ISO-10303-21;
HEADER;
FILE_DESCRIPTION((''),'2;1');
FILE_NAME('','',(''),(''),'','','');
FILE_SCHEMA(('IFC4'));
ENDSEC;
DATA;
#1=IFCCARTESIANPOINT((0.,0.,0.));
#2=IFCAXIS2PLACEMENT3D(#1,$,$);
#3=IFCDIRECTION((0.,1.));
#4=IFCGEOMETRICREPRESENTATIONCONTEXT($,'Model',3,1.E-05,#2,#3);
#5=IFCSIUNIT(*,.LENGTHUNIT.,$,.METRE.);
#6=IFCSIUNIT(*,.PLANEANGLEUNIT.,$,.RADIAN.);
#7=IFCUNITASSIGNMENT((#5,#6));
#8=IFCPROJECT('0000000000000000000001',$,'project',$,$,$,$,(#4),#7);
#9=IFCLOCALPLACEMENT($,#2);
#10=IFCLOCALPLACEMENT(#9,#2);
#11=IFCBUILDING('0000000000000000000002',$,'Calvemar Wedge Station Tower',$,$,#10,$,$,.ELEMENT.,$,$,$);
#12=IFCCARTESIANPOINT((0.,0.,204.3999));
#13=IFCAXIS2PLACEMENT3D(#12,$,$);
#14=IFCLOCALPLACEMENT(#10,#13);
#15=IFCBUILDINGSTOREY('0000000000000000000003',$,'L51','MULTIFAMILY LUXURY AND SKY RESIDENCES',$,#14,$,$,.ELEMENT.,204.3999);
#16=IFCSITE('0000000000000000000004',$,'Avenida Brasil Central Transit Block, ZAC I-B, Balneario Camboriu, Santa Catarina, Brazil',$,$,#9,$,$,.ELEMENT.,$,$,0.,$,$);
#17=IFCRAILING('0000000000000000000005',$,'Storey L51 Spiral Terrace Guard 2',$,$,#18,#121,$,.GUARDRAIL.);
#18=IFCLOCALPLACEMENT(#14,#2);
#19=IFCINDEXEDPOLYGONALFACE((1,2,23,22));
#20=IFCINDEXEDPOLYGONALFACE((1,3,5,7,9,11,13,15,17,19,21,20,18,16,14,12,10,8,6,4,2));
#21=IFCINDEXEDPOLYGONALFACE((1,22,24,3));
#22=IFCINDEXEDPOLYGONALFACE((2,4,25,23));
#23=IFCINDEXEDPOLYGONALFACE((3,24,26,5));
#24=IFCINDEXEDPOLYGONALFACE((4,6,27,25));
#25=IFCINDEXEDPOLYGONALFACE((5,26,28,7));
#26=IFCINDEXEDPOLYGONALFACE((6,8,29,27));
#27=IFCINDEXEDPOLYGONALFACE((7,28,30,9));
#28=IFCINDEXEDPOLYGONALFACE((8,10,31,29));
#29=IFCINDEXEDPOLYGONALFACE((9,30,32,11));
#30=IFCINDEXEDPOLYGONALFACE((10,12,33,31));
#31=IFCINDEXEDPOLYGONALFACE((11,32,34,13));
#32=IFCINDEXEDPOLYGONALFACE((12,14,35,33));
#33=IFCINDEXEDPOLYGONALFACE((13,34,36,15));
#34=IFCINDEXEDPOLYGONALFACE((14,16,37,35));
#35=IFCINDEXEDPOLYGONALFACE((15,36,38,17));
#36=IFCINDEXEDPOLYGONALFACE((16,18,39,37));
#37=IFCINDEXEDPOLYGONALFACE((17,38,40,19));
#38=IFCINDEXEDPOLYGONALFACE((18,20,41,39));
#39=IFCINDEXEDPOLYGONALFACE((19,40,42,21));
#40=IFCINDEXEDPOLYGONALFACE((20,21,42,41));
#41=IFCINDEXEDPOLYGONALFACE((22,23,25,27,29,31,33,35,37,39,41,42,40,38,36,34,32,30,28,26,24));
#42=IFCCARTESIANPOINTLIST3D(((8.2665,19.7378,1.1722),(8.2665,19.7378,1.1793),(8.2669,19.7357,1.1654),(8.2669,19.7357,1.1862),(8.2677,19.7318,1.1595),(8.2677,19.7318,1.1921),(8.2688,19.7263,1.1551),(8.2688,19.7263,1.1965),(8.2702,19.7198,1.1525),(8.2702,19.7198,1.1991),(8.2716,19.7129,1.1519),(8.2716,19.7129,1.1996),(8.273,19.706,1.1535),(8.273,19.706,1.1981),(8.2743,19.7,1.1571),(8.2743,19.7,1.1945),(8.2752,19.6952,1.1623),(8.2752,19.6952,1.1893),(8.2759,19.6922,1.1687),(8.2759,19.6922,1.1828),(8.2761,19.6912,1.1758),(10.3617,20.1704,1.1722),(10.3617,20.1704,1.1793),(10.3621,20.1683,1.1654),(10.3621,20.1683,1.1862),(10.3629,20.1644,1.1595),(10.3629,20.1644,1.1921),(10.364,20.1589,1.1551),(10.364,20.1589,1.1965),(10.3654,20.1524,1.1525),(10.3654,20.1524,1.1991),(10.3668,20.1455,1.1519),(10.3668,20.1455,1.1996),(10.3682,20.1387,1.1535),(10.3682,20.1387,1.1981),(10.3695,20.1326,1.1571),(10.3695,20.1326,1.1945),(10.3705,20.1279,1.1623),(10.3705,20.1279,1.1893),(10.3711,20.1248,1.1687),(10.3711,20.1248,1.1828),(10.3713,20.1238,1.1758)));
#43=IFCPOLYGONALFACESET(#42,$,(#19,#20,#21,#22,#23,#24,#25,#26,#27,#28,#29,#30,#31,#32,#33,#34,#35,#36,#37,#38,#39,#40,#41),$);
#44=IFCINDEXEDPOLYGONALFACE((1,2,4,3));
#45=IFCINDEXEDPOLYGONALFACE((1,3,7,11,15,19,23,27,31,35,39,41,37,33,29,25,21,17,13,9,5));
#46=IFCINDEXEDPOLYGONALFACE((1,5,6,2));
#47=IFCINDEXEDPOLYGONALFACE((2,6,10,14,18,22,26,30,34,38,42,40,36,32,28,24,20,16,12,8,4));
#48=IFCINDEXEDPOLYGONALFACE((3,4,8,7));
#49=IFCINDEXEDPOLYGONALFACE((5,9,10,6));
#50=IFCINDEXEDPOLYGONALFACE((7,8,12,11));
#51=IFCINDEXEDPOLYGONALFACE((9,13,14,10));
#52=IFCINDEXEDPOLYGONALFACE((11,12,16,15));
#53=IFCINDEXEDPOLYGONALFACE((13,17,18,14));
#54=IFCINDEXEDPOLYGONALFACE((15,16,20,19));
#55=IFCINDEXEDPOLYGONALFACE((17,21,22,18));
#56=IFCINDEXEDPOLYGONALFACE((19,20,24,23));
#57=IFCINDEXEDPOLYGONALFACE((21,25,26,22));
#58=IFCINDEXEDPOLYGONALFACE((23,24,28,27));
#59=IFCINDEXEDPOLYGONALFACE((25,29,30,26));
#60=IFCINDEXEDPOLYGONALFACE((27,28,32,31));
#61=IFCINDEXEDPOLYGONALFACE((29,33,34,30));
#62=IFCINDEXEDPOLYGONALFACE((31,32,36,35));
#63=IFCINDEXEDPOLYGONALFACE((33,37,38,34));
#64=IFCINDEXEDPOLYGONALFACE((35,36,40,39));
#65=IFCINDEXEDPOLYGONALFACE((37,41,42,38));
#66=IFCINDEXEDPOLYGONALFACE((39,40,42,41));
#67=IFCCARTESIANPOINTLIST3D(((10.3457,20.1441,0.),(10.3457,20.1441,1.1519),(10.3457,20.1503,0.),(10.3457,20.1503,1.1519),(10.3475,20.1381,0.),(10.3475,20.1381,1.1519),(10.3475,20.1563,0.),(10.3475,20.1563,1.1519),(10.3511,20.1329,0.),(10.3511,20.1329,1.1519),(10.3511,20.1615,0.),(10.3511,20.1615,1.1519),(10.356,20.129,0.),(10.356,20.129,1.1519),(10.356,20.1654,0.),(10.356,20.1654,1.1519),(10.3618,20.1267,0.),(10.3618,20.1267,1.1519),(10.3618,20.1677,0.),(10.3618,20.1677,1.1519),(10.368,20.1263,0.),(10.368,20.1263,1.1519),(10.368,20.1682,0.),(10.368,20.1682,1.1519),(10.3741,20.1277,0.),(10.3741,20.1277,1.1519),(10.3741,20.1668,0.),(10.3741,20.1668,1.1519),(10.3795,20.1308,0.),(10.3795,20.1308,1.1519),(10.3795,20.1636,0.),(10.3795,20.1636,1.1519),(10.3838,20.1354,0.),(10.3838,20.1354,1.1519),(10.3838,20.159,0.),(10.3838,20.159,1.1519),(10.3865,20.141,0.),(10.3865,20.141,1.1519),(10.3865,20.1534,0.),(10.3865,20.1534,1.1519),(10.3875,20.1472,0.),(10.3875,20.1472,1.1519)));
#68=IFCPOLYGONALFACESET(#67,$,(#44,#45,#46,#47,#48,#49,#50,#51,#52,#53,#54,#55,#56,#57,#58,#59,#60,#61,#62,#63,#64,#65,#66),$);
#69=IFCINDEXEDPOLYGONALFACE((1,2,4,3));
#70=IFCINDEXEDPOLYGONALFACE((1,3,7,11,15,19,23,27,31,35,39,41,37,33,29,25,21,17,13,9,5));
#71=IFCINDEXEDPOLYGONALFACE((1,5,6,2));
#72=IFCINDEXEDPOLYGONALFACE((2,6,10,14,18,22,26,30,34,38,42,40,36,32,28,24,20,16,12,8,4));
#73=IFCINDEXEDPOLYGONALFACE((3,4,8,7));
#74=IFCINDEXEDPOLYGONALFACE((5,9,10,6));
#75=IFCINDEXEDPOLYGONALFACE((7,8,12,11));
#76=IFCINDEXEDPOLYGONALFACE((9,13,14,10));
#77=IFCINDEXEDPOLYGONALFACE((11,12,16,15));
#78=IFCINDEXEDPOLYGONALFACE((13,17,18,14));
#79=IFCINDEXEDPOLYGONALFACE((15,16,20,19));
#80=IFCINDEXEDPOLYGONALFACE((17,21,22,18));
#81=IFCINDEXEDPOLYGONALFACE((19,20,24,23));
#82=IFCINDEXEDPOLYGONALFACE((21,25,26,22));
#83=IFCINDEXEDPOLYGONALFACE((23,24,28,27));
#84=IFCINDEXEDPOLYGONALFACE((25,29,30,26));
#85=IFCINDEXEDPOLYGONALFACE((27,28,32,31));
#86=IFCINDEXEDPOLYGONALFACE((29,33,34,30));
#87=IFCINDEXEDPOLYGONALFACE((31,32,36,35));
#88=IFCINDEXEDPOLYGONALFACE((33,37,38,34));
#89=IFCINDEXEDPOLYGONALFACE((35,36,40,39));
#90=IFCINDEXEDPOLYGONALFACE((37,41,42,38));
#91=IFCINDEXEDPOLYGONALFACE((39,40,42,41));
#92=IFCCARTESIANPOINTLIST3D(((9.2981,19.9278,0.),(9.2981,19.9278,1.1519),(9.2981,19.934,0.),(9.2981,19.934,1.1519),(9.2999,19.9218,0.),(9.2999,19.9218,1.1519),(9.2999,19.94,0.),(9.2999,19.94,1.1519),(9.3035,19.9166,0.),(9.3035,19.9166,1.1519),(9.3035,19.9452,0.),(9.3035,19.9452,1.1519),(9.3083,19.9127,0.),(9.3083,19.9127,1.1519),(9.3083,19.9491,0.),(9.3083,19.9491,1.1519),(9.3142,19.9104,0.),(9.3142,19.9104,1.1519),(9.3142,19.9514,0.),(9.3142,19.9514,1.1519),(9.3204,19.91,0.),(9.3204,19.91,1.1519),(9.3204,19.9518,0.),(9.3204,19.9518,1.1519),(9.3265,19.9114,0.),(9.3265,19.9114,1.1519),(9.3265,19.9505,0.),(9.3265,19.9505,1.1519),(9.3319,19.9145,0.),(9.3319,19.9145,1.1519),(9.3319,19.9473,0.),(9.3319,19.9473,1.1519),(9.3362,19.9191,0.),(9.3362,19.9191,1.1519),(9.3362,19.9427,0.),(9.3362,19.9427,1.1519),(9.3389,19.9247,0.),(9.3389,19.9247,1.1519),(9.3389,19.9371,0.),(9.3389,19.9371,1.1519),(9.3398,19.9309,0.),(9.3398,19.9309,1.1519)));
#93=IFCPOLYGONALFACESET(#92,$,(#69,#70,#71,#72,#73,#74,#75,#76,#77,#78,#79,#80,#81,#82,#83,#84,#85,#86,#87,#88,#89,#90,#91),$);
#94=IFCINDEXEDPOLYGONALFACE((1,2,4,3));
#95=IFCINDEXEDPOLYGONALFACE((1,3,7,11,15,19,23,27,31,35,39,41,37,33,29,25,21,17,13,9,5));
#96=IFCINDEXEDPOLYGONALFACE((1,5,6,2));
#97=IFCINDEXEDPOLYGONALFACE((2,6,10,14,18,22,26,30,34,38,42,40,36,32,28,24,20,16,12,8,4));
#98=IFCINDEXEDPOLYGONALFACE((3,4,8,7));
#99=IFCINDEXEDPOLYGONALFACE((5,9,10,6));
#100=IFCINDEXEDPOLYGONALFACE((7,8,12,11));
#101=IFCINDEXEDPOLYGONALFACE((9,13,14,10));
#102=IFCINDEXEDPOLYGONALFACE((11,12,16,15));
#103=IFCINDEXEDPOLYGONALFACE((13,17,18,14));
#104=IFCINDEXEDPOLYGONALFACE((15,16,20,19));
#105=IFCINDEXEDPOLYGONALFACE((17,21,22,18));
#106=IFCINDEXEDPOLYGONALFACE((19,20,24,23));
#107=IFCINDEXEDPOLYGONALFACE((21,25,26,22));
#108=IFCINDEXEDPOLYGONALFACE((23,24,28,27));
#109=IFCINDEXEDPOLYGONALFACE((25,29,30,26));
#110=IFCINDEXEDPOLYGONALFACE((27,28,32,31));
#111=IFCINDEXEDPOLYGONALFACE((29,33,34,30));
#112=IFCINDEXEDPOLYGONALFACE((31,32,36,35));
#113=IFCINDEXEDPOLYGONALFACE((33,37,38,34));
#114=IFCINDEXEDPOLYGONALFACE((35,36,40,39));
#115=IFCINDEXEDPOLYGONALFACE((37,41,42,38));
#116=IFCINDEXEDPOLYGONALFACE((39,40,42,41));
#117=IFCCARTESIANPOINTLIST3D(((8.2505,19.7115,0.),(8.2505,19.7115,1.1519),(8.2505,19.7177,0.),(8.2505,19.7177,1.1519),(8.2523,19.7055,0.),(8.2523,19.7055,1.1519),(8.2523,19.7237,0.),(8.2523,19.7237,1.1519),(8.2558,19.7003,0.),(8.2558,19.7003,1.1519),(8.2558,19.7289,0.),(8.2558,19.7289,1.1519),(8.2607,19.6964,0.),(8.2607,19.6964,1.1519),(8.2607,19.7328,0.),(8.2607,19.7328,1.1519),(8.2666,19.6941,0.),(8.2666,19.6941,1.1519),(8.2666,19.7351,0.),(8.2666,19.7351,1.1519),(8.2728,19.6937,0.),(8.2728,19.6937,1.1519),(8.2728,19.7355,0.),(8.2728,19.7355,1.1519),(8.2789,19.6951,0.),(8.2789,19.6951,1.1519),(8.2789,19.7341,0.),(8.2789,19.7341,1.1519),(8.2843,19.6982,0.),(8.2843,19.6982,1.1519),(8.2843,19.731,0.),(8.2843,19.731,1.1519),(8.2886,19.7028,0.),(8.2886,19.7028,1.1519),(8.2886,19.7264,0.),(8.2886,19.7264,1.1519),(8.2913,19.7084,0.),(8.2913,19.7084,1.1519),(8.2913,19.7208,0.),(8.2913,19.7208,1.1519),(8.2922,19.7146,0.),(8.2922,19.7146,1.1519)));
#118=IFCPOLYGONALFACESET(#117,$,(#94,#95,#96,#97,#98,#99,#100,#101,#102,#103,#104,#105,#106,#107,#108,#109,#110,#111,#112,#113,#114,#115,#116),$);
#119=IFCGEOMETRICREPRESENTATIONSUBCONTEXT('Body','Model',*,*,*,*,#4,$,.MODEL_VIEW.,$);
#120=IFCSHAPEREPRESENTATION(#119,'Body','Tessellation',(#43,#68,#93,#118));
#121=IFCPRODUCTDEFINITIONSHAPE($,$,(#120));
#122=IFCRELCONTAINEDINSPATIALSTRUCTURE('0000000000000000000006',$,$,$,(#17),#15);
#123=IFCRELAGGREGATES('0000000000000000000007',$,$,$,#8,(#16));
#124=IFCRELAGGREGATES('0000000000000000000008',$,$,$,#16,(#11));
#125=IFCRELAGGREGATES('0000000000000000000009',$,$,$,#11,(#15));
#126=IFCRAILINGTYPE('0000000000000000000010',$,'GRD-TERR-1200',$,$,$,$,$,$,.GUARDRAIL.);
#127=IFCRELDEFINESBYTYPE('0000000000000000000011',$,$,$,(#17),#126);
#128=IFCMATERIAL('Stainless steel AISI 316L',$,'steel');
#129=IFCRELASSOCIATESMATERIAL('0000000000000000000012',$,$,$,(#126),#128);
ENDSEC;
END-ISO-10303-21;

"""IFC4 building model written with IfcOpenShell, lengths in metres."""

from ifc_helpers import new_model, si_unit, direction, frame, origin, origin_2d, place, context, subcontext, project, spatial, circle, extrude, material, type_object, element, save


model = new_model("IFC4")

# Units and contexts
model_context = context("Model", 3, precision=1e-05, world=origin(), true_north=direction((0.0, 1.0)))
body_context = subcontext(model_context, "Body", "Model", "MODEL_VIEW")
ifc_project = project(units=[si_unit("LENGTHUNIT", "METRE"), si_unit("PLANEANGLEUNIT", "RADIAN")], contexts=[model_context])

# Site, building, storey
site_placement = place(None, origin())
site = spatial("IfcSite", under=ifc_project, at=site_placement, Name="Avenida Brasil Central Transit Block, ZAC I-B, Balneario Camboriu, Santa Catarina, Brazil", CompositionType="ELEMENT", RefElevation=0.0)
building_placement = place(site_placement, origin())
building = spatial("IfcBuilding", under=site, at=building_placement, Name="Calvemar Wedge Station Tower", CompositionType="ELEMENT")
storey_placement = place(building_placement, frame((0.0, 0.0, 204.3999)))
storey = spatial("IfcBuildingStorey", under=building, at=storey_placement, Name="L51", Description="MULTIFAMILY LUXURY AND SKY RESIDENCES", CompositionType="ELEMENT", Elevation=204.3999)

# Railing
ifc_material_1 = material(Name="Stainless steel AISI 316L", Category="steel")
railing_type = type_object("IfcRailingType", Name="GRD-TERR-1200", PredefinedType="GUARDRAIL", material=ifc_material_1)
railing_1_placement = place(storey_placement, frame((10.3665, 20.1472, 0.0)))
element("IfcRailing", 1, at=railing_1_placement, inside=storey, type_object=railing_type, Name="Storey L51 Spiral Terrace Guard 2", PredefinedType="GUARDRAIL", context=body_context, shape_type="SweptSolid", body=[
    extrude(circle(Radius=0.0239, at=origin_2d()), frame((0.0, 0.0, 1.1758), z_axis=(-0.979342, -0.202213, 0.0), x_axis=(0.202213, -0.979342, 0.0)), (0.0, 0.0, 1.0), 2.1394),
    extrude(circle(Radius=0.021, at=origin_2d()), origin(), (0.0, 0.0, 1.0), 1.1519),
    extrude(circle(Radius=0.021, at=origin_2d()), frame((-1.0476, -0.2163, 0.0)), (0.0, 0.0, 1.0), 1.1519),
    extrude(circle(Radius=0.021, at=origin_2d()), frame((-2.0952, -0.4326, 0.0)), (0.0, 0.0, 1.0), 1.1519),
])

save(model, "model.ifc")
